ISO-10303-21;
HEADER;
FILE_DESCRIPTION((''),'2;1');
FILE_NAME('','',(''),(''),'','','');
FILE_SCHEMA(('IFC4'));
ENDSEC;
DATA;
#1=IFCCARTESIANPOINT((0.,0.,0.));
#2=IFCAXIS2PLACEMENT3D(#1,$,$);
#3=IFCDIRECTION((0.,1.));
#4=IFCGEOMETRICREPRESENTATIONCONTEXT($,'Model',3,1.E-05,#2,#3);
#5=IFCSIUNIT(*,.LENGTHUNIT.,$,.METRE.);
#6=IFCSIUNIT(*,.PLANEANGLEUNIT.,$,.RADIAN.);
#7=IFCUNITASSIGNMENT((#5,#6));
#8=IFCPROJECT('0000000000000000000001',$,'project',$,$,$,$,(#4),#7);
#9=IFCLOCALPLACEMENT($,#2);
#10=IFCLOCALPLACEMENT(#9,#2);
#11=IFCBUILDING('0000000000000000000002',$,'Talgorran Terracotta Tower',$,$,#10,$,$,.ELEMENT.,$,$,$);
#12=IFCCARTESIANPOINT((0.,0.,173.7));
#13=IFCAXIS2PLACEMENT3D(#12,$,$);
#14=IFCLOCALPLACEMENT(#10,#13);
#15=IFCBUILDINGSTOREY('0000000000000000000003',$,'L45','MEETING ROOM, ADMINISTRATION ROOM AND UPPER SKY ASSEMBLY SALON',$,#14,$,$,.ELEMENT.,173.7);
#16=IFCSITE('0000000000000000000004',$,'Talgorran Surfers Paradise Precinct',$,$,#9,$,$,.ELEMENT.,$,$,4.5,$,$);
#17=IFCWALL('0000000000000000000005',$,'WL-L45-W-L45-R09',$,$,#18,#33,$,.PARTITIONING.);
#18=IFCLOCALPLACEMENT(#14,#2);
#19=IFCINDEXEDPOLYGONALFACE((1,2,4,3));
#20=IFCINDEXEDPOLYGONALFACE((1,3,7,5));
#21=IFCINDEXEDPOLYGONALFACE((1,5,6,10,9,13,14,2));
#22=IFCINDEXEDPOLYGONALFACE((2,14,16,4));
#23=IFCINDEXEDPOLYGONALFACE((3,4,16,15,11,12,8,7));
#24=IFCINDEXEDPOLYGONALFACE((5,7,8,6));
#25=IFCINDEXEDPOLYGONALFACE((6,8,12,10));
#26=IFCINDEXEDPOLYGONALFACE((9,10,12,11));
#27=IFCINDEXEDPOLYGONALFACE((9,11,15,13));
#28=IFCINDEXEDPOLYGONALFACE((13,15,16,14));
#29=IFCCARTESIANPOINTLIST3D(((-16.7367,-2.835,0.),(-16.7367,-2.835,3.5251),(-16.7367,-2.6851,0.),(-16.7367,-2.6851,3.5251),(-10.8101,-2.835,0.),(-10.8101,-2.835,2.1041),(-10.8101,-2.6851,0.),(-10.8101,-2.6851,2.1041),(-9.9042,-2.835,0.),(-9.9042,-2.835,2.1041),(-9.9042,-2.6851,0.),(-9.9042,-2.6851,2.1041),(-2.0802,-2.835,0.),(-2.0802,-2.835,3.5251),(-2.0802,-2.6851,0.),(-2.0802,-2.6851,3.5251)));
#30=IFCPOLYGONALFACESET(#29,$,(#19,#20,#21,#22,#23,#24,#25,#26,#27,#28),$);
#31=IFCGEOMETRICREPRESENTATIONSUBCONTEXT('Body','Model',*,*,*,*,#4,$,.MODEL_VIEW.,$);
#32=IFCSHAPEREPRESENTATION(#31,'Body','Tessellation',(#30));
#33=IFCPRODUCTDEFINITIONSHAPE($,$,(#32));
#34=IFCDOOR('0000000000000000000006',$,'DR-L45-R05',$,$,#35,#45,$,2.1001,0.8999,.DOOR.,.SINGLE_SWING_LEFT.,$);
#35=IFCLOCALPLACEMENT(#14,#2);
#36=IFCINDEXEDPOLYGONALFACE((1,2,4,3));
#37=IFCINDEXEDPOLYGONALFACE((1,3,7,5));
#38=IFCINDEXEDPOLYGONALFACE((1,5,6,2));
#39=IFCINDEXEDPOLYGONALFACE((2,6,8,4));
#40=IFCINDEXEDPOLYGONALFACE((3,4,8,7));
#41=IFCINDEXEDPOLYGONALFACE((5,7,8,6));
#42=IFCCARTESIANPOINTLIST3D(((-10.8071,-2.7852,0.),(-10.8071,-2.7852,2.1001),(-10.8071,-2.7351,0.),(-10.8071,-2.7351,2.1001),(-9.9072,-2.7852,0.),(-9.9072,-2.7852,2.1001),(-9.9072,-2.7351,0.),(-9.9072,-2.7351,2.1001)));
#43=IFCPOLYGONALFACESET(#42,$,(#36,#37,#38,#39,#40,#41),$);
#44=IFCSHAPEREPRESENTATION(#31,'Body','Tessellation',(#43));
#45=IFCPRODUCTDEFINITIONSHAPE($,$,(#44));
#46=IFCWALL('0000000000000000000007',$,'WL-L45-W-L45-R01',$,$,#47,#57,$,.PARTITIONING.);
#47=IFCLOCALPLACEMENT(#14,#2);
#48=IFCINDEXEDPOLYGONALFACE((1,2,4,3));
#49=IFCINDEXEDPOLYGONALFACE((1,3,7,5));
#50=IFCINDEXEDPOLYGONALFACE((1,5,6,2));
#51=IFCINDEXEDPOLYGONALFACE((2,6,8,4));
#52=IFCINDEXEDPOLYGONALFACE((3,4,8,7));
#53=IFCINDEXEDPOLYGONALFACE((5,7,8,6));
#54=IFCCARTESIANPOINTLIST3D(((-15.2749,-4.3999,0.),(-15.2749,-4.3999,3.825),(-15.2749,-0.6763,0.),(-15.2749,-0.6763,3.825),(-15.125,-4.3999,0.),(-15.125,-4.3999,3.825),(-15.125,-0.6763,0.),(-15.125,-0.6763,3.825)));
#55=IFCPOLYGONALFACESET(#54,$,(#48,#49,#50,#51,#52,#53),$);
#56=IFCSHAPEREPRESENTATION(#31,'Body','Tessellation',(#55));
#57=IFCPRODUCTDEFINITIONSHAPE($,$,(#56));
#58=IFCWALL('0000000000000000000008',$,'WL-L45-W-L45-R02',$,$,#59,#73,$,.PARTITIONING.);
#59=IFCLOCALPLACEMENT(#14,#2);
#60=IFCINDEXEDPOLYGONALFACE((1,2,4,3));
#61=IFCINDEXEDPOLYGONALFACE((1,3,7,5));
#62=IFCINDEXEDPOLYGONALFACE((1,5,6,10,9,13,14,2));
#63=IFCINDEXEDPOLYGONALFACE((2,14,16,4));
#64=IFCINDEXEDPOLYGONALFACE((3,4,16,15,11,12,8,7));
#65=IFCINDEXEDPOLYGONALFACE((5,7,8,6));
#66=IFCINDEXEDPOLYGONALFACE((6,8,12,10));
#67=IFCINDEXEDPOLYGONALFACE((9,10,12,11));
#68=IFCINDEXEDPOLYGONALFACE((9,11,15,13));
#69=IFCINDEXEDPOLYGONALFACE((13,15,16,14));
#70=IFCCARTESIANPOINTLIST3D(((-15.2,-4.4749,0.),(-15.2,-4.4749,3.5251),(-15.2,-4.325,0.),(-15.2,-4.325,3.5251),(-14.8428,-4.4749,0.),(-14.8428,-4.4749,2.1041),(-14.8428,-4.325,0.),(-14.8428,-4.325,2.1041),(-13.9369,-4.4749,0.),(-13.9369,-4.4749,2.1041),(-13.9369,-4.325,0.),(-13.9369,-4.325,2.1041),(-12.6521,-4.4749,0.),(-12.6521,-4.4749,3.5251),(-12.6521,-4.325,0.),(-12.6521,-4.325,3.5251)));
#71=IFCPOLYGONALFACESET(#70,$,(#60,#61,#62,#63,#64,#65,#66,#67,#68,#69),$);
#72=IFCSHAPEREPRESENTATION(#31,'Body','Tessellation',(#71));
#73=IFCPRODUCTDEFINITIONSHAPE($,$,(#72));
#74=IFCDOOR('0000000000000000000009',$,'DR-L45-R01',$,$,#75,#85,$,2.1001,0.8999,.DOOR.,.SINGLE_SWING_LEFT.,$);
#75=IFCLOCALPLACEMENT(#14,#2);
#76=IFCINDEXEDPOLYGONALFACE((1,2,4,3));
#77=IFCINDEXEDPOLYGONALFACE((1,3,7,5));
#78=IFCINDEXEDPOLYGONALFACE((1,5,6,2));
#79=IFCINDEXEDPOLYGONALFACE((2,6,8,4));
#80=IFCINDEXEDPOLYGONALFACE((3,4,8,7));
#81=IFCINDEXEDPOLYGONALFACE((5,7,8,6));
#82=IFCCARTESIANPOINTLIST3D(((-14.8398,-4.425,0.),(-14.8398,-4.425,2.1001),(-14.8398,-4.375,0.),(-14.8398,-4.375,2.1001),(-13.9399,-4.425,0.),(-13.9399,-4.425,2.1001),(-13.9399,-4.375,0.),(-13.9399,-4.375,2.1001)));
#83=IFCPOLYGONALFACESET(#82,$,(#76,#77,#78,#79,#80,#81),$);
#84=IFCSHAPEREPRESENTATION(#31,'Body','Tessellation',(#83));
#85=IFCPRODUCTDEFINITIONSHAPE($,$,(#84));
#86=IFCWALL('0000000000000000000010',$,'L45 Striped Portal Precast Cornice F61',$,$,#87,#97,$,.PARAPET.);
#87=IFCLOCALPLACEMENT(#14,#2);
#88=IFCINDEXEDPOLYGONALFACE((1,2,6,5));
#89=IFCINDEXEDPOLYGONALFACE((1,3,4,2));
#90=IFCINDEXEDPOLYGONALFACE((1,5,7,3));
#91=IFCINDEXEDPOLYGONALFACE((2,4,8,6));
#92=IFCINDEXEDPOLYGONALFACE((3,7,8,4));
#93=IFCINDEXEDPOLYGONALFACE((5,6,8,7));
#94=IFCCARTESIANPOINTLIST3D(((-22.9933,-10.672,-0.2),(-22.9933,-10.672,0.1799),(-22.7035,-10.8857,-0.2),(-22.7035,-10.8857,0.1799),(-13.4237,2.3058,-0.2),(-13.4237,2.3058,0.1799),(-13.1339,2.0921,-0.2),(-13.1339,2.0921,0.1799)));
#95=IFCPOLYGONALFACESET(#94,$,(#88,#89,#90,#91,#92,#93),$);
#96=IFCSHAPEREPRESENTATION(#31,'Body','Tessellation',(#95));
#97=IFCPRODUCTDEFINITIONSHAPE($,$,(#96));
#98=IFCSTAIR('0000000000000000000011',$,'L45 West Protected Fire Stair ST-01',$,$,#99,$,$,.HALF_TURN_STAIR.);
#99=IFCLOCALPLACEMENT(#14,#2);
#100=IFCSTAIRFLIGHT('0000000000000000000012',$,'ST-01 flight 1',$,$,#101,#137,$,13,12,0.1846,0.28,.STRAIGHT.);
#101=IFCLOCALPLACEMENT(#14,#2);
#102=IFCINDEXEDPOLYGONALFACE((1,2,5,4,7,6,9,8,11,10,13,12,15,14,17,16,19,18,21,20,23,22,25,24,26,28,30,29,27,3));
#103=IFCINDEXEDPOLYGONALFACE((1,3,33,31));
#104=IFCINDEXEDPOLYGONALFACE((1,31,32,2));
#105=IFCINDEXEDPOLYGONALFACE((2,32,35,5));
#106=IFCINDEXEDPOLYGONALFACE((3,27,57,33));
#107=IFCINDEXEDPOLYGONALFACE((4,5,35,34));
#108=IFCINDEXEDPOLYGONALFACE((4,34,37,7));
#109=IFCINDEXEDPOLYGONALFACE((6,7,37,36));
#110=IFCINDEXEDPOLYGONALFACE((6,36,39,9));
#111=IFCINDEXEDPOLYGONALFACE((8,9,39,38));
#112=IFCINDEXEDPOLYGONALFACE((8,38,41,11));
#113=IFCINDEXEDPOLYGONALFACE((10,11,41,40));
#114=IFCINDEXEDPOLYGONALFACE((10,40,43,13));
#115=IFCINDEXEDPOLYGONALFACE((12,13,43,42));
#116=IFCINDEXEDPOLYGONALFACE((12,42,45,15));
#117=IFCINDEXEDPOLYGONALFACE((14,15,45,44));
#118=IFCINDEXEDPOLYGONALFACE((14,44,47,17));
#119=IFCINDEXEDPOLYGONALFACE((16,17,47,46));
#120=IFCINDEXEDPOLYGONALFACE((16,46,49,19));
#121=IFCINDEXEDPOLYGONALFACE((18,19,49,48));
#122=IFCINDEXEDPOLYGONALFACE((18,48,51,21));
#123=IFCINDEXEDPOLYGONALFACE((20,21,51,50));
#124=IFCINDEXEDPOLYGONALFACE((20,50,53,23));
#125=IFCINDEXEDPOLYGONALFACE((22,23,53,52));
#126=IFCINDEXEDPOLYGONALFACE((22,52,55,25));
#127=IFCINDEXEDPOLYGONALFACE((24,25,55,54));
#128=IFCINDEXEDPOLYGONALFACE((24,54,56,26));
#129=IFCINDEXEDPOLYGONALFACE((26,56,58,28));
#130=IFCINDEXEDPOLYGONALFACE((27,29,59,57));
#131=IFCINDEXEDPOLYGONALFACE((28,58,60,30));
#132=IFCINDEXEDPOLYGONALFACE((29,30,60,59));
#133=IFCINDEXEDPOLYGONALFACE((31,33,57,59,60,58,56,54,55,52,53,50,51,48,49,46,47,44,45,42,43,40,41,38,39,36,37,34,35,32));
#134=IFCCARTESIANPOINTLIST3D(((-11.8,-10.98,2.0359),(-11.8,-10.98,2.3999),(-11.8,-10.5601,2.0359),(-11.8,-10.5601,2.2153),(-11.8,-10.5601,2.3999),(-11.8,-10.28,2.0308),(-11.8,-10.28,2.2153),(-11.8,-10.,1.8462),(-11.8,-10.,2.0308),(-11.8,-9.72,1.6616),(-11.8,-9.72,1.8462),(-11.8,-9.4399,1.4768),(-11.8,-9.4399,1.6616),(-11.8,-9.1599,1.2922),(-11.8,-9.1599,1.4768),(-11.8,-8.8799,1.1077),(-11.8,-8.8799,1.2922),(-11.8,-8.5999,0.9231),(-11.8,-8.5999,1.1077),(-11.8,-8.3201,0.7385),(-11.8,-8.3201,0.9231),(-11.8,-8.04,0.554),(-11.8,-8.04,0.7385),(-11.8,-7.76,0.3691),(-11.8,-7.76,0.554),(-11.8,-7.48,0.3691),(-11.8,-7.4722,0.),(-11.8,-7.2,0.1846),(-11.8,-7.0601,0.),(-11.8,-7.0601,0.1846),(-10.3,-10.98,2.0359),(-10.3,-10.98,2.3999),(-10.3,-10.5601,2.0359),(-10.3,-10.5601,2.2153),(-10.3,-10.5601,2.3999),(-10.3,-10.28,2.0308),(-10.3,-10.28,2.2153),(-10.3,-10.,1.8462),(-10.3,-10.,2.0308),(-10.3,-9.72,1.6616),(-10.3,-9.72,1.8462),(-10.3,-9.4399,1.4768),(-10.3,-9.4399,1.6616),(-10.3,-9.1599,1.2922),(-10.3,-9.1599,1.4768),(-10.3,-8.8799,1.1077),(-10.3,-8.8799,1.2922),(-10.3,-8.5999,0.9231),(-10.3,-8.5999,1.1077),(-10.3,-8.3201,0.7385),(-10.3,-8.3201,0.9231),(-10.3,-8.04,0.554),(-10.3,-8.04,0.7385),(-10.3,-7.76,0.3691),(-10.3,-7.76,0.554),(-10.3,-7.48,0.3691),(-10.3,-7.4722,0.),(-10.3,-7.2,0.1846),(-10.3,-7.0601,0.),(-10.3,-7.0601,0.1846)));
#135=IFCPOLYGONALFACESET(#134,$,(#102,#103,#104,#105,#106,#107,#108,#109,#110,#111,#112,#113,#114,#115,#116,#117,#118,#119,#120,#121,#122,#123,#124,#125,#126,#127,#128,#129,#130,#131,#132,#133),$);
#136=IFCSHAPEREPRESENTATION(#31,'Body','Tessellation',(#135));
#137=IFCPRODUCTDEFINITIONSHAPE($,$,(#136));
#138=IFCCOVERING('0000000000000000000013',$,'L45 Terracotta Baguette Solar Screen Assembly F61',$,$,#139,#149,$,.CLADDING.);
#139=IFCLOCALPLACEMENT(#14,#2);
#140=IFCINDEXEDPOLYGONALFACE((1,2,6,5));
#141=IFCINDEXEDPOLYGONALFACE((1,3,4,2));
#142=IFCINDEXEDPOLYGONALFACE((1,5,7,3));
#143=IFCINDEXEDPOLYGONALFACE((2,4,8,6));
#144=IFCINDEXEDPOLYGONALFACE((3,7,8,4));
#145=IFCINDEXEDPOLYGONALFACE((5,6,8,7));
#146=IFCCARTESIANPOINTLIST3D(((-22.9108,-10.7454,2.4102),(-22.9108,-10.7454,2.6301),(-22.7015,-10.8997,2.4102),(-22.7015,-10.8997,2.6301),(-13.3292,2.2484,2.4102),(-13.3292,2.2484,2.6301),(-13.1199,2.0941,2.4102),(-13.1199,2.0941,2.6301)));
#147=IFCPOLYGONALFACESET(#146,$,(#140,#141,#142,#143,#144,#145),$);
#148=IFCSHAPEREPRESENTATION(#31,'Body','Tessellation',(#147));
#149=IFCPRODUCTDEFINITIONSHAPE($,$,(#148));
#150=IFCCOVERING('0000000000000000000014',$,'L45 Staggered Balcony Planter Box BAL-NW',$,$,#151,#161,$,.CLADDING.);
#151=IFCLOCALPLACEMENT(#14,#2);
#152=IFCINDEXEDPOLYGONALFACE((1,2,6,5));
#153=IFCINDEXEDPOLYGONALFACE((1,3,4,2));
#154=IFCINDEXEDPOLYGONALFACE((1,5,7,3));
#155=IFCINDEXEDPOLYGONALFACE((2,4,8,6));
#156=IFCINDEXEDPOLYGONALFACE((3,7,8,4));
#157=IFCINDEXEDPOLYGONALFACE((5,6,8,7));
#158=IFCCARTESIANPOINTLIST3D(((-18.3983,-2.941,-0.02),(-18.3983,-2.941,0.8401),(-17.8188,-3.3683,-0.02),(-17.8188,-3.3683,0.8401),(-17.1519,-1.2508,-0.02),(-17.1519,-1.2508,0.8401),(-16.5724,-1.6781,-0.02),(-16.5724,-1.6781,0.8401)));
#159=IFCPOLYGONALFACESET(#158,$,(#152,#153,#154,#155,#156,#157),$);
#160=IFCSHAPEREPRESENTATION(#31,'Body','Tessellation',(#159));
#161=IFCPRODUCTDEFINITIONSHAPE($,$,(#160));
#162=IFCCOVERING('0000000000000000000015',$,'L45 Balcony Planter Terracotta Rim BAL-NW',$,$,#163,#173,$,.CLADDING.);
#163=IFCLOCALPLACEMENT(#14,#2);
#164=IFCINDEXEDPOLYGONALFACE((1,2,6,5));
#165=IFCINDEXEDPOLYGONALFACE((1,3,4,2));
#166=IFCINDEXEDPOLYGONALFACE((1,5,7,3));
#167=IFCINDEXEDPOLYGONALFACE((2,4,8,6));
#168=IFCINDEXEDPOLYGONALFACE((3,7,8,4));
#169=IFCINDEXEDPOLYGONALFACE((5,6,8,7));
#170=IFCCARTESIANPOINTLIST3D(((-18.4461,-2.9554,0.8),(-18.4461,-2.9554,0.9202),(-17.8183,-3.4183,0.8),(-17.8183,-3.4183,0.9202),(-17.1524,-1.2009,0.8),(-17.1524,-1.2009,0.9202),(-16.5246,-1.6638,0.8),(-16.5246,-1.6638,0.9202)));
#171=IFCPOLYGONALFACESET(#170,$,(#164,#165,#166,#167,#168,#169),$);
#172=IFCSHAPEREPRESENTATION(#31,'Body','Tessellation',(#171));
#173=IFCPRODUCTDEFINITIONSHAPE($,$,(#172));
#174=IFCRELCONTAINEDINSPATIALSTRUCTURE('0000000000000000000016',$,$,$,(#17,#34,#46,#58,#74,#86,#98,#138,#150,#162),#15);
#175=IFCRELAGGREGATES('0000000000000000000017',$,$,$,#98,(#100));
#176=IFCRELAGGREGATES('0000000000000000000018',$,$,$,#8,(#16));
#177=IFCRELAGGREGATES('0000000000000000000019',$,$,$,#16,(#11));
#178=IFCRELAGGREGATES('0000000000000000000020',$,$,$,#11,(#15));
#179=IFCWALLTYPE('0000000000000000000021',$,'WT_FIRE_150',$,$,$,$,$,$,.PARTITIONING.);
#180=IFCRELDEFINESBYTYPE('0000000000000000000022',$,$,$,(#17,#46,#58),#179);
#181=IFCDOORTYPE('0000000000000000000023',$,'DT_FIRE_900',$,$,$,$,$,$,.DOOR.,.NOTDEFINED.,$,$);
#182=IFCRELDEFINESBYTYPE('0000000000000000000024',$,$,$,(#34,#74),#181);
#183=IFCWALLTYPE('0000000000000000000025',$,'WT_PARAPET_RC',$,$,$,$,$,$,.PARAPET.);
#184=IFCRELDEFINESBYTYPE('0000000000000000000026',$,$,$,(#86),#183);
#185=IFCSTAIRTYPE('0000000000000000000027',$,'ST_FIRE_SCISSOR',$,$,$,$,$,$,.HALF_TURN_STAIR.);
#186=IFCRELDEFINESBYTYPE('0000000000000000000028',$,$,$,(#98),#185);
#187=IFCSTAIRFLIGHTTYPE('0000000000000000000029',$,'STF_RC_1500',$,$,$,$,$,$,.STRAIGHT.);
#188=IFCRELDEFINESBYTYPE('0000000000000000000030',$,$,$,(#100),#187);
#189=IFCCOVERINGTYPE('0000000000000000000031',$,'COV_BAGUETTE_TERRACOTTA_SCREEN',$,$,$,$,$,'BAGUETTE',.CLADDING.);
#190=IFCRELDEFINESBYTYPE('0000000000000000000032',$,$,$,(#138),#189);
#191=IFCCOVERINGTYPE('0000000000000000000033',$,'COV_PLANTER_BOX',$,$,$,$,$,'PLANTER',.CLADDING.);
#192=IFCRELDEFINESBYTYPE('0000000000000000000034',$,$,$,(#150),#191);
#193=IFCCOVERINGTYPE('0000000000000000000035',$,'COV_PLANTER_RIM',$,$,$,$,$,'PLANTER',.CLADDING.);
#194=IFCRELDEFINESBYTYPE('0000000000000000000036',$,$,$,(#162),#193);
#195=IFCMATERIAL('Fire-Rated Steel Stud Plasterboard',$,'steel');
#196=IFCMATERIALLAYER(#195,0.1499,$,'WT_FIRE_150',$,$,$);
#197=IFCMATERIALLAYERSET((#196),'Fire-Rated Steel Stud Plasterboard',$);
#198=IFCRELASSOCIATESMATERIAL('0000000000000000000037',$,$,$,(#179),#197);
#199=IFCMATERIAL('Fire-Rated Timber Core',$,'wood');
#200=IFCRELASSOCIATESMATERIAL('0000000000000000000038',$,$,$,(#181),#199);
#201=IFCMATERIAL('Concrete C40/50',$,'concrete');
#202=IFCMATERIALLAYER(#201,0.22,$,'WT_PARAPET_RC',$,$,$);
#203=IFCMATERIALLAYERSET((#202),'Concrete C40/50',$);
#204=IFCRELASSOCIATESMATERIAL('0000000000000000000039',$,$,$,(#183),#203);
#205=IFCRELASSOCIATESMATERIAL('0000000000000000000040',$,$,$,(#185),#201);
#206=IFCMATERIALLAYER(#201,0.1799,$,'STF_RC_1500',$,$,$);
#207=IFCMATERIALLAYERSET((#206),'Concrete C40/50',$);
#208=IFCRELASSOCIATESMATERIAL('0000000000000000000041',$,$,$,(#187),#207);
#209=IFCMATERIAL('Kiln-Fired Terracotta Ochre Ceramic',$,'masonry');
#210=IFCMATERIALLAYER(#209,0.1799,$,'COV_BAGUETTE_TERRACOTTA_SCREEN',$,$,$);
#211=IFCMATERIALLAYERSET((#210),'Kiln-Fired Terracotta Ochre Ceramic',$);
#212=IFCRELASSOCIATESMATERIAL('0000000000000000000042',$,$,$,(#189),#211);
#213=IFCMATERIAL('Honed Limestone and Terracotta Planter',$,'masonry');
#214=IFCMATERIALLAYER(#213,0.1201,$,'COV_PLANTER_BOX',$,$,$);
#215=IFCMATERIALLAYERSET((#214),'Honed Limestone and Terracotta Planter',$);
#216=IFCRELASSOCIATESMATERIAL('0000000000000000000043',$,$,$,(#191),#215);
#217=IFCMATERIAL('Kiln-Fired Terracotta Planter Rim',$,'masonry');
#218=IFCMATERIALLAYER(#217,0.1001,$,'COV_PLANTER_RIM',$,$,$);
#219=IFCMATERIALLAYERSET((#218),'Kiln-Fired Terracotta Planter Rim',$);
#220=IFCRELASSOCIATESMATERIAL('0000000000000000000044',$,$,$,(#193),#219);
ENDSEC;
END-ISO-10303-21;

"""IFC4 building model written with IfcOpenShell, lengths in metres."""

from ifc_helpers import new_model, si_unit, direction, frame, frame_2d, origin, origin_2d, place, context, subcontext, project, spatial, polyline, rectangle, outline, extrude, material, layer, layer_set, type_object, element, fill, aggregate, save


model = new_model("IFC4")

# Units and contexts
model_context = context("Model", 3, precision=1e-05, world=origin(), true_north=direction((0.0, 1.0)))
body_context = subcontext(model_context, "Body", "Model", "MODEL_VIEW")
ifc_project = project(units=[si_unit("LENGTHUNIT", "METRE"), si_unit("PLANEANGLEUNIT", "RADIAN")], contexts=[model_context])

# Site, building, storey
site_placement = place(None, origin())
site = spatial("IfcSite", under=ifc_project, at=site_placement, Name="Talgorran Surfers Paradise Precinct", CompositionType="ELEMENT", RefElevation=4.5)
building_placement = place(site_placement, origin())
building = spatial("IfcBuilding", under=site, at=building_placement, Name="Talgorran Terracotta Tower", CompositionType="ELEMENT")
storey_placement = place(building_placement, frame((0.0, 0.0, 173.7)))
storey = spatial("IfcBuildingStorey", under=building, at=storey_placement, Name="L45", Description="MEETING ROOM, ADMINISTRATION ROOM AND UPPER SKY ASSEMBLY SALON", CompositionType="ELEMENT", Elevation=173.7)

# Wall, opening, door
ifc_material_1 = material(Name="Fire-Rated Steel Stud Plasterboard", Category="steel")
ifc_layer_1 = layer(ifc_material_1, 0.1499, Name="WT_FIRE_150")
ifc_layer_set_1 = layer_set([ifc_layer_1], Name="Fire-Rated Steel Stud Plasterboard")
wall_type_1 = type_object("IfcWallType", Name="WT_FIRE_150", PredefinedType="PARTITIONING", material=ifc_layer_set_1)
wall_1_placement = place(storey_placement, frame((-16.7366, -2.76, 0.0), z_axis=(0.0, 0.0, 1.0), x_axis=(1.0, 0.0, 0.0)))
wall_1 = element("IfcWall", 1, at=wall_1_placement, inside=storey, type_object=wall_type_1, Name="WL-L45-W-L45-R09", PredefinedType="PARTITIONING", context=body_context, shape_type="SweptSolid", body=[
    extrude(rectangle(XDim=14.6565, YDim=0.1499, at=frame_2d((7.3281, 0.0))), origin(), (0.0, 0.0, 1.0), 3.5251),
])
opening_1_placement = place(wall_1_placement, frame((5.9294, 0.0, 0.0)))
opening_1 = element("IfcOpeningElement", 2, at=opening_1_placement, cuts=wall_1, PredefinedType="OPENING", context=body_context, shape_type="SweptSolid", body=[
    extrude(rectangle(XDim=0.9059, YDim=2.1041, at=frame_2d((0.45, 1.052))), frame((0.0, 0.085, 0.0), z_axis=(0.0, -1.0, 0.0), x_axis=(1.0, 0.0, 0.0)), (0.0, 0.0, 1.0), 0.1699),
])
ifc_material_2 = material(Name="Fire-Rated Timber Core", Category="wood")
door_type_1 = type_object("IfcDoorType", Name="DT_FIRE_900", OperationType="NOTDEFINED", PredefinedType="DOOR", material=ifc_material_2)
door_1_placement = place(opening_1_placement, origin())
door_1 = element("IfcDoor", 3, at=door_1_placement, inside=storey, type_object=door_type_1, Name="DR-L45-R05", OperationType="SINGLE_SWING_LEFT", OverallHeight=2.1001, OverallWidth=0.8999, PredefinedType="DOOR", context=body_context, shape_type="SweptSolid", body=[
    extrude(rectangle(XDim=0.8999, YDim=2.1001, at=frame_2d((0.45, 1.05))), frame((0.0, 0.0249, 0.0), z_axis=(0.0, -1.0, 0.0), x_axis=(1.0, 0.0, 0.0)), (0.0, 0.0, 1.0), 0.05),
])
fill(opening_1, door_1)

# Wall
wall_2_placement = place(storey_placement, frame((-15.2, -4.3999, 0.0), z_axis=(0.0, 0.0, 1.0), x_axis=(0.0, 1.0, 0.0)))
element("IfcWall", 4, at=wall_2_placement, inside=storey, type_object=wall_type_1, Name="WL-L45-W-L45-R01", PredefinedType="PARTITIONING", context=body_context, shape_type="SweptSolid", body=[
    extrude(rectangle(XDim=3.7236, YDim=0.1499, at=frame_2d((1.8618, 0.0))), origin(), (0.0, 0.0, 1.0), 3.825),
])

# Wall, opening, door
wall_3_placement = place(storey_placement, frame((-15.2, -4.3999, 0.0), z_axis=(0.0, 0.0, 1.0), x_axis=(1.0, 0.0, 0.0)))
wall_3 = element("IfcWall", 5, at=wall_3_placement, inside=storey, type_object=wall_type_1, Name="WL-L45-W-L45-R02", PredefinedType="PARTITIONING", context=body_context, shape_type="SweptSolid", body=[
    extrude(rectangle(XDim=2.5479, YDim=0.1499, at=frame_2d((1.2739, 0.0))), origin(), (0.0, 0.0, 1.0), 3.5251),
])
opening_2_placement = place(wall_3_placement, frame((0.3601, 0.0, 0.0)))
opening_2 = element("IfcOpeningElement", 6, at=opening_2_placement, cuts=wall_3, PredefinedType="OPENING", context=body_context, shape_type="SweptSolid", body=[
    extrude(rectangle(XDim=0.9059, YDim=2.1041, at=frame_2d((0.45, 1.052))), frame((0.0, 0.085, 0.0), z_axis=(0.0, -1.0, 0.0), x_axis=(1.0, 0.0, 0.0)), (0.0, 0.0, 1.0), 0.1699),
])
door_2_placement = place(opening_2_placement, origin())
door_2 = element("IfcDoor", 7, at=door_2_placement, inside=storey, type_object=door_type_1, Name="DR-L45-R01", OperationType="SINGLE_SWING_LEFT", OverallHeight=2.1001, OverallWidth=0.8999, PredefinedType="DOOR", context=body_context, shape_type="SweptSolid", body=[
    extrude(rectangle(XDim=0.8999, YDim=2.1001, at=frame_2d((0.45, 1.05))), frame((0.0, 0.0249, 0.0), z_axis=(0.0, -1.0, 0.0), x_axis=(1.0, 0.0, 0.0)), (0.0, 0.0, 1.0), 0.05),
])
fill(opening_2, door_2)

# Wall
ifc_material_3 = material(Name="Concrete C40/50", Category="concrete")
ifc_layer_2 = layer(ifc_material_3, 0.22, Name="WT_PARAPET_RC")
ifc_layer_set_2 = layer_set([ifc_layer_2], Name="Concrete C40/50")
wall_type_2 = type_object("IfcWallType", Name="WT_PARAPET_RC", PredefinedType="PARAPET", material=ifc_layer_set_2)
wall_4_placement = place(storey_placement, frame((-13.2788, 2.199, -0.2), z_axis=(0.0, 0.0, 1.0), x_axis=(-0.59348, -0.804848, 0.0)))
element("IfcWall", 8, at=wall_4_placement, inside=storey, type_object=wall_type_2, Name="L45 Striped Portal Precast Cornice F61", PredefinedType="PARAPET", context=body_context, shape_type="SweptSolid", body=[
    extrude(rectangle(XDim=16.1245, YDim=0.3601, at=frame_2d((8.0623, 0.0))), origin(), (0.0, 0.0, 1.0), 0.3799),
])

# Stair, stair flight
stair_type = type_object("IfcStairType", Name="ST_FIRE_SCISSOR", PredefinedType="HALF_TURN_STAIR", material=ifc_material_3)
stair_placement = place(storey_placement, origin())
stair = element("IfcStair", 9, at=stair_placement, inside=storey, type_object=stair_type, Name="L45 West Protected Fire Stair ST-01", PredefinedType="HALF_TURN_STAIR")
ifc_layer_3 = layer(ifc_material_3, 0.1799, Name="STF_RC_1500")
ifc_layer_set_3 = layer_set([ifc_layer_3], Name="Concrete C40/50")
stair_flight_type = type_object("IfcStairFlightType", Name="STF_RC_1500", PredefinedType="STRAIGHT", material=ifc_layer_set_3)
stair_flight_placement = place(storey_placement, frame((-11.05, -7.2, 0.0), z_axis=(0.0, 0.0, 1.0), x_axis=(0.0, -1.0, 0.0)))
stair_flight = element("IfcStairFlight", 10, at=stair_flight_placement, type_object=stair_flight_type, Name="ST-01 flight 1", NumberOfRisers=13, NumberOfTreads=12, PredefinedType="STRAIGHT", RiserHeight=0.1846, TreadLength=0.28, context=body_context, shape_type="SweptSolid", body=[
    extrude(outline(polyline([(-0.1399, 0.0), (-0.1399, 0.1846), (0.0, 0.1846), (0.28, 0.3691), (0.5601, 0.3691), (0.5601, 0.554), (0.8401, 0.554), (0.8401, 0.7385), (1.1201, 0.7385), (1.1201, 0.9231), (1.3999, 0.9231), (1.3999, 1.1077), (1.6799, 1.1077), (1.6799, 1.2922), (1.96, 1.2922), (1.96, 1.4768), (2.24, 1.4768), (2.24, 1.6616), (2.52, 1.6616), (2.52, 1.8462), (2.8, 1.8462), (2.8, 2.0308), (3.0801, 2.0308), (3.0801, 2.2153), (3.3601, 2.2153), (3.3601, 2.3999), (3.78, 2.3999), (3.78, 2.0359), (3.3601, 2.0359), (0.2722, 0.0), (-0.1399, 0.0)])), frame((0.0, 0.75, 0.0), z_axis=(0.0, -1.0, 0.0), x_axis=(1.0, 0.0, 0.0)), (0.0, 0.0, 1.0), 1.5),
])
aggregate(stair, [stair_flight])

# Coverings
ifc_material_4 = material(Name="Kiln-Fired Terracotta Ochre Ceramic", Category="masonry")
ifc_layer_4 = layer(ifc_material_4, 0.1799, Name="COV_BAGUETTE_TERRACOTTA_SCREEN")
ifc_layer_set_4 = layer_set([ifc_layer_4], Name="Kiln-Fired Terracotta Ochre Ceramic")
covering_type_1 = type_object("IfcCoveringType", Name="COV_BAGUETTE_TERRACOTTA_SCREEN", ElementType="BAGUETTE", PredefinedType="CLADDING", material=ifc_layer_set_4)
covering_1_placement = place(storey_placement, frame((-18.0154, -4.3257, 2.4102), z_axis=(0.0, 0.0, 1.0), x_axis=(-0.593489, -0.804842, 0.0)))
element("IfcCovering", 11, at=covering_1_placement, inside=storey, type_object=covering_type_1, Name="L45 Terracotta Baguette Solar Screen Assembly F61", PredefinedType="CLADDING", context=body_context, shape_type="SweptSolid", body=[
    extrude(rectangle(XDim=16.1445, YDim=0.26, at=origin_2d()), origin(), (0.0, 0.0, 1.0), 0.22),
])
ifc_material_5 = material(Name="Honed Limestone and Terracotta Planter", Category="masonry")
ifc_layer_5 = layer(ifc_material_5, 0.1201, Name="COV_PLANTER_BOX")
ifc_layer_set_5 = layer_set([ifc_layer_5], Name="Honed Limestone and Terracotta Planter")
covering_type_2 = type_object("IfcCoveringType", Name="COV_PLANTER_BOX", ElementType="PLANTER", PredefinedType="CLADDING", material=ifc_layer_set_5)
covering_2_placement = place(storey_placement, frame((-17.4854, -2.3096, -0.02), z_axis=(0.0, 0.0, 1.0), x_axis=(-0.593489, -0.804842, 0.0)))
element("IfcCovering", 12, at=covering_2_placement, inside=storey, type_object=covering_type_2, Name="L45 Staggered Balcony Planter Box BAL-NW", PredefinedType="CLADDING", context=body_context, shape_type="SweptSolid", body=[
    extrude(rectangle(XDim=2.1001, YDim=0.72, at=origin_2d()), origin(), (0.0, 0.0, 1.0), 0.8601),
])
ifc_material_6 = material(Name="Kiln-Fired Terracotta Planter Rim", Category="masonry")
ifc_layer_6 = layer(ifc_material_6, 0.1001, Name="COV_PLANTER_RIM")
ifc_layer_set_6 = layer_set([ifc_layer_6], Name="Kiln-Fired Terracotta Planter Rim")
covering_type_3 = type_object("IfcCoveringType", Name="COV_PLANTER_RIM", ElementType="PLANTER", PredefinedType="CLADDING", material=ifc_layer_set_6)
covering_3_placement = place(storey_placement, frame((-17.4854, -2.3096, 0.8), z_axis=(0.0, 0.0, 1.0), x_axis=(-0.593489, -0.804842, 0.0)))
element("IfcCovering", 13, at=covering_3_placement, inside=storey, type_object=covering_type_3, Name="L45 Balcony Planter Terracotta Rim BAL-NW", PredefinedType="CLADDING", context=body_context, shape_type="SweptSolid", body=[
    extrude(rectangle(XDim=2.1799, YDim=0.78, at=origin_2d()), origin(), (0.0, 0.0, 1.0), 0.1201),
])

save(model, "model.ifc")
